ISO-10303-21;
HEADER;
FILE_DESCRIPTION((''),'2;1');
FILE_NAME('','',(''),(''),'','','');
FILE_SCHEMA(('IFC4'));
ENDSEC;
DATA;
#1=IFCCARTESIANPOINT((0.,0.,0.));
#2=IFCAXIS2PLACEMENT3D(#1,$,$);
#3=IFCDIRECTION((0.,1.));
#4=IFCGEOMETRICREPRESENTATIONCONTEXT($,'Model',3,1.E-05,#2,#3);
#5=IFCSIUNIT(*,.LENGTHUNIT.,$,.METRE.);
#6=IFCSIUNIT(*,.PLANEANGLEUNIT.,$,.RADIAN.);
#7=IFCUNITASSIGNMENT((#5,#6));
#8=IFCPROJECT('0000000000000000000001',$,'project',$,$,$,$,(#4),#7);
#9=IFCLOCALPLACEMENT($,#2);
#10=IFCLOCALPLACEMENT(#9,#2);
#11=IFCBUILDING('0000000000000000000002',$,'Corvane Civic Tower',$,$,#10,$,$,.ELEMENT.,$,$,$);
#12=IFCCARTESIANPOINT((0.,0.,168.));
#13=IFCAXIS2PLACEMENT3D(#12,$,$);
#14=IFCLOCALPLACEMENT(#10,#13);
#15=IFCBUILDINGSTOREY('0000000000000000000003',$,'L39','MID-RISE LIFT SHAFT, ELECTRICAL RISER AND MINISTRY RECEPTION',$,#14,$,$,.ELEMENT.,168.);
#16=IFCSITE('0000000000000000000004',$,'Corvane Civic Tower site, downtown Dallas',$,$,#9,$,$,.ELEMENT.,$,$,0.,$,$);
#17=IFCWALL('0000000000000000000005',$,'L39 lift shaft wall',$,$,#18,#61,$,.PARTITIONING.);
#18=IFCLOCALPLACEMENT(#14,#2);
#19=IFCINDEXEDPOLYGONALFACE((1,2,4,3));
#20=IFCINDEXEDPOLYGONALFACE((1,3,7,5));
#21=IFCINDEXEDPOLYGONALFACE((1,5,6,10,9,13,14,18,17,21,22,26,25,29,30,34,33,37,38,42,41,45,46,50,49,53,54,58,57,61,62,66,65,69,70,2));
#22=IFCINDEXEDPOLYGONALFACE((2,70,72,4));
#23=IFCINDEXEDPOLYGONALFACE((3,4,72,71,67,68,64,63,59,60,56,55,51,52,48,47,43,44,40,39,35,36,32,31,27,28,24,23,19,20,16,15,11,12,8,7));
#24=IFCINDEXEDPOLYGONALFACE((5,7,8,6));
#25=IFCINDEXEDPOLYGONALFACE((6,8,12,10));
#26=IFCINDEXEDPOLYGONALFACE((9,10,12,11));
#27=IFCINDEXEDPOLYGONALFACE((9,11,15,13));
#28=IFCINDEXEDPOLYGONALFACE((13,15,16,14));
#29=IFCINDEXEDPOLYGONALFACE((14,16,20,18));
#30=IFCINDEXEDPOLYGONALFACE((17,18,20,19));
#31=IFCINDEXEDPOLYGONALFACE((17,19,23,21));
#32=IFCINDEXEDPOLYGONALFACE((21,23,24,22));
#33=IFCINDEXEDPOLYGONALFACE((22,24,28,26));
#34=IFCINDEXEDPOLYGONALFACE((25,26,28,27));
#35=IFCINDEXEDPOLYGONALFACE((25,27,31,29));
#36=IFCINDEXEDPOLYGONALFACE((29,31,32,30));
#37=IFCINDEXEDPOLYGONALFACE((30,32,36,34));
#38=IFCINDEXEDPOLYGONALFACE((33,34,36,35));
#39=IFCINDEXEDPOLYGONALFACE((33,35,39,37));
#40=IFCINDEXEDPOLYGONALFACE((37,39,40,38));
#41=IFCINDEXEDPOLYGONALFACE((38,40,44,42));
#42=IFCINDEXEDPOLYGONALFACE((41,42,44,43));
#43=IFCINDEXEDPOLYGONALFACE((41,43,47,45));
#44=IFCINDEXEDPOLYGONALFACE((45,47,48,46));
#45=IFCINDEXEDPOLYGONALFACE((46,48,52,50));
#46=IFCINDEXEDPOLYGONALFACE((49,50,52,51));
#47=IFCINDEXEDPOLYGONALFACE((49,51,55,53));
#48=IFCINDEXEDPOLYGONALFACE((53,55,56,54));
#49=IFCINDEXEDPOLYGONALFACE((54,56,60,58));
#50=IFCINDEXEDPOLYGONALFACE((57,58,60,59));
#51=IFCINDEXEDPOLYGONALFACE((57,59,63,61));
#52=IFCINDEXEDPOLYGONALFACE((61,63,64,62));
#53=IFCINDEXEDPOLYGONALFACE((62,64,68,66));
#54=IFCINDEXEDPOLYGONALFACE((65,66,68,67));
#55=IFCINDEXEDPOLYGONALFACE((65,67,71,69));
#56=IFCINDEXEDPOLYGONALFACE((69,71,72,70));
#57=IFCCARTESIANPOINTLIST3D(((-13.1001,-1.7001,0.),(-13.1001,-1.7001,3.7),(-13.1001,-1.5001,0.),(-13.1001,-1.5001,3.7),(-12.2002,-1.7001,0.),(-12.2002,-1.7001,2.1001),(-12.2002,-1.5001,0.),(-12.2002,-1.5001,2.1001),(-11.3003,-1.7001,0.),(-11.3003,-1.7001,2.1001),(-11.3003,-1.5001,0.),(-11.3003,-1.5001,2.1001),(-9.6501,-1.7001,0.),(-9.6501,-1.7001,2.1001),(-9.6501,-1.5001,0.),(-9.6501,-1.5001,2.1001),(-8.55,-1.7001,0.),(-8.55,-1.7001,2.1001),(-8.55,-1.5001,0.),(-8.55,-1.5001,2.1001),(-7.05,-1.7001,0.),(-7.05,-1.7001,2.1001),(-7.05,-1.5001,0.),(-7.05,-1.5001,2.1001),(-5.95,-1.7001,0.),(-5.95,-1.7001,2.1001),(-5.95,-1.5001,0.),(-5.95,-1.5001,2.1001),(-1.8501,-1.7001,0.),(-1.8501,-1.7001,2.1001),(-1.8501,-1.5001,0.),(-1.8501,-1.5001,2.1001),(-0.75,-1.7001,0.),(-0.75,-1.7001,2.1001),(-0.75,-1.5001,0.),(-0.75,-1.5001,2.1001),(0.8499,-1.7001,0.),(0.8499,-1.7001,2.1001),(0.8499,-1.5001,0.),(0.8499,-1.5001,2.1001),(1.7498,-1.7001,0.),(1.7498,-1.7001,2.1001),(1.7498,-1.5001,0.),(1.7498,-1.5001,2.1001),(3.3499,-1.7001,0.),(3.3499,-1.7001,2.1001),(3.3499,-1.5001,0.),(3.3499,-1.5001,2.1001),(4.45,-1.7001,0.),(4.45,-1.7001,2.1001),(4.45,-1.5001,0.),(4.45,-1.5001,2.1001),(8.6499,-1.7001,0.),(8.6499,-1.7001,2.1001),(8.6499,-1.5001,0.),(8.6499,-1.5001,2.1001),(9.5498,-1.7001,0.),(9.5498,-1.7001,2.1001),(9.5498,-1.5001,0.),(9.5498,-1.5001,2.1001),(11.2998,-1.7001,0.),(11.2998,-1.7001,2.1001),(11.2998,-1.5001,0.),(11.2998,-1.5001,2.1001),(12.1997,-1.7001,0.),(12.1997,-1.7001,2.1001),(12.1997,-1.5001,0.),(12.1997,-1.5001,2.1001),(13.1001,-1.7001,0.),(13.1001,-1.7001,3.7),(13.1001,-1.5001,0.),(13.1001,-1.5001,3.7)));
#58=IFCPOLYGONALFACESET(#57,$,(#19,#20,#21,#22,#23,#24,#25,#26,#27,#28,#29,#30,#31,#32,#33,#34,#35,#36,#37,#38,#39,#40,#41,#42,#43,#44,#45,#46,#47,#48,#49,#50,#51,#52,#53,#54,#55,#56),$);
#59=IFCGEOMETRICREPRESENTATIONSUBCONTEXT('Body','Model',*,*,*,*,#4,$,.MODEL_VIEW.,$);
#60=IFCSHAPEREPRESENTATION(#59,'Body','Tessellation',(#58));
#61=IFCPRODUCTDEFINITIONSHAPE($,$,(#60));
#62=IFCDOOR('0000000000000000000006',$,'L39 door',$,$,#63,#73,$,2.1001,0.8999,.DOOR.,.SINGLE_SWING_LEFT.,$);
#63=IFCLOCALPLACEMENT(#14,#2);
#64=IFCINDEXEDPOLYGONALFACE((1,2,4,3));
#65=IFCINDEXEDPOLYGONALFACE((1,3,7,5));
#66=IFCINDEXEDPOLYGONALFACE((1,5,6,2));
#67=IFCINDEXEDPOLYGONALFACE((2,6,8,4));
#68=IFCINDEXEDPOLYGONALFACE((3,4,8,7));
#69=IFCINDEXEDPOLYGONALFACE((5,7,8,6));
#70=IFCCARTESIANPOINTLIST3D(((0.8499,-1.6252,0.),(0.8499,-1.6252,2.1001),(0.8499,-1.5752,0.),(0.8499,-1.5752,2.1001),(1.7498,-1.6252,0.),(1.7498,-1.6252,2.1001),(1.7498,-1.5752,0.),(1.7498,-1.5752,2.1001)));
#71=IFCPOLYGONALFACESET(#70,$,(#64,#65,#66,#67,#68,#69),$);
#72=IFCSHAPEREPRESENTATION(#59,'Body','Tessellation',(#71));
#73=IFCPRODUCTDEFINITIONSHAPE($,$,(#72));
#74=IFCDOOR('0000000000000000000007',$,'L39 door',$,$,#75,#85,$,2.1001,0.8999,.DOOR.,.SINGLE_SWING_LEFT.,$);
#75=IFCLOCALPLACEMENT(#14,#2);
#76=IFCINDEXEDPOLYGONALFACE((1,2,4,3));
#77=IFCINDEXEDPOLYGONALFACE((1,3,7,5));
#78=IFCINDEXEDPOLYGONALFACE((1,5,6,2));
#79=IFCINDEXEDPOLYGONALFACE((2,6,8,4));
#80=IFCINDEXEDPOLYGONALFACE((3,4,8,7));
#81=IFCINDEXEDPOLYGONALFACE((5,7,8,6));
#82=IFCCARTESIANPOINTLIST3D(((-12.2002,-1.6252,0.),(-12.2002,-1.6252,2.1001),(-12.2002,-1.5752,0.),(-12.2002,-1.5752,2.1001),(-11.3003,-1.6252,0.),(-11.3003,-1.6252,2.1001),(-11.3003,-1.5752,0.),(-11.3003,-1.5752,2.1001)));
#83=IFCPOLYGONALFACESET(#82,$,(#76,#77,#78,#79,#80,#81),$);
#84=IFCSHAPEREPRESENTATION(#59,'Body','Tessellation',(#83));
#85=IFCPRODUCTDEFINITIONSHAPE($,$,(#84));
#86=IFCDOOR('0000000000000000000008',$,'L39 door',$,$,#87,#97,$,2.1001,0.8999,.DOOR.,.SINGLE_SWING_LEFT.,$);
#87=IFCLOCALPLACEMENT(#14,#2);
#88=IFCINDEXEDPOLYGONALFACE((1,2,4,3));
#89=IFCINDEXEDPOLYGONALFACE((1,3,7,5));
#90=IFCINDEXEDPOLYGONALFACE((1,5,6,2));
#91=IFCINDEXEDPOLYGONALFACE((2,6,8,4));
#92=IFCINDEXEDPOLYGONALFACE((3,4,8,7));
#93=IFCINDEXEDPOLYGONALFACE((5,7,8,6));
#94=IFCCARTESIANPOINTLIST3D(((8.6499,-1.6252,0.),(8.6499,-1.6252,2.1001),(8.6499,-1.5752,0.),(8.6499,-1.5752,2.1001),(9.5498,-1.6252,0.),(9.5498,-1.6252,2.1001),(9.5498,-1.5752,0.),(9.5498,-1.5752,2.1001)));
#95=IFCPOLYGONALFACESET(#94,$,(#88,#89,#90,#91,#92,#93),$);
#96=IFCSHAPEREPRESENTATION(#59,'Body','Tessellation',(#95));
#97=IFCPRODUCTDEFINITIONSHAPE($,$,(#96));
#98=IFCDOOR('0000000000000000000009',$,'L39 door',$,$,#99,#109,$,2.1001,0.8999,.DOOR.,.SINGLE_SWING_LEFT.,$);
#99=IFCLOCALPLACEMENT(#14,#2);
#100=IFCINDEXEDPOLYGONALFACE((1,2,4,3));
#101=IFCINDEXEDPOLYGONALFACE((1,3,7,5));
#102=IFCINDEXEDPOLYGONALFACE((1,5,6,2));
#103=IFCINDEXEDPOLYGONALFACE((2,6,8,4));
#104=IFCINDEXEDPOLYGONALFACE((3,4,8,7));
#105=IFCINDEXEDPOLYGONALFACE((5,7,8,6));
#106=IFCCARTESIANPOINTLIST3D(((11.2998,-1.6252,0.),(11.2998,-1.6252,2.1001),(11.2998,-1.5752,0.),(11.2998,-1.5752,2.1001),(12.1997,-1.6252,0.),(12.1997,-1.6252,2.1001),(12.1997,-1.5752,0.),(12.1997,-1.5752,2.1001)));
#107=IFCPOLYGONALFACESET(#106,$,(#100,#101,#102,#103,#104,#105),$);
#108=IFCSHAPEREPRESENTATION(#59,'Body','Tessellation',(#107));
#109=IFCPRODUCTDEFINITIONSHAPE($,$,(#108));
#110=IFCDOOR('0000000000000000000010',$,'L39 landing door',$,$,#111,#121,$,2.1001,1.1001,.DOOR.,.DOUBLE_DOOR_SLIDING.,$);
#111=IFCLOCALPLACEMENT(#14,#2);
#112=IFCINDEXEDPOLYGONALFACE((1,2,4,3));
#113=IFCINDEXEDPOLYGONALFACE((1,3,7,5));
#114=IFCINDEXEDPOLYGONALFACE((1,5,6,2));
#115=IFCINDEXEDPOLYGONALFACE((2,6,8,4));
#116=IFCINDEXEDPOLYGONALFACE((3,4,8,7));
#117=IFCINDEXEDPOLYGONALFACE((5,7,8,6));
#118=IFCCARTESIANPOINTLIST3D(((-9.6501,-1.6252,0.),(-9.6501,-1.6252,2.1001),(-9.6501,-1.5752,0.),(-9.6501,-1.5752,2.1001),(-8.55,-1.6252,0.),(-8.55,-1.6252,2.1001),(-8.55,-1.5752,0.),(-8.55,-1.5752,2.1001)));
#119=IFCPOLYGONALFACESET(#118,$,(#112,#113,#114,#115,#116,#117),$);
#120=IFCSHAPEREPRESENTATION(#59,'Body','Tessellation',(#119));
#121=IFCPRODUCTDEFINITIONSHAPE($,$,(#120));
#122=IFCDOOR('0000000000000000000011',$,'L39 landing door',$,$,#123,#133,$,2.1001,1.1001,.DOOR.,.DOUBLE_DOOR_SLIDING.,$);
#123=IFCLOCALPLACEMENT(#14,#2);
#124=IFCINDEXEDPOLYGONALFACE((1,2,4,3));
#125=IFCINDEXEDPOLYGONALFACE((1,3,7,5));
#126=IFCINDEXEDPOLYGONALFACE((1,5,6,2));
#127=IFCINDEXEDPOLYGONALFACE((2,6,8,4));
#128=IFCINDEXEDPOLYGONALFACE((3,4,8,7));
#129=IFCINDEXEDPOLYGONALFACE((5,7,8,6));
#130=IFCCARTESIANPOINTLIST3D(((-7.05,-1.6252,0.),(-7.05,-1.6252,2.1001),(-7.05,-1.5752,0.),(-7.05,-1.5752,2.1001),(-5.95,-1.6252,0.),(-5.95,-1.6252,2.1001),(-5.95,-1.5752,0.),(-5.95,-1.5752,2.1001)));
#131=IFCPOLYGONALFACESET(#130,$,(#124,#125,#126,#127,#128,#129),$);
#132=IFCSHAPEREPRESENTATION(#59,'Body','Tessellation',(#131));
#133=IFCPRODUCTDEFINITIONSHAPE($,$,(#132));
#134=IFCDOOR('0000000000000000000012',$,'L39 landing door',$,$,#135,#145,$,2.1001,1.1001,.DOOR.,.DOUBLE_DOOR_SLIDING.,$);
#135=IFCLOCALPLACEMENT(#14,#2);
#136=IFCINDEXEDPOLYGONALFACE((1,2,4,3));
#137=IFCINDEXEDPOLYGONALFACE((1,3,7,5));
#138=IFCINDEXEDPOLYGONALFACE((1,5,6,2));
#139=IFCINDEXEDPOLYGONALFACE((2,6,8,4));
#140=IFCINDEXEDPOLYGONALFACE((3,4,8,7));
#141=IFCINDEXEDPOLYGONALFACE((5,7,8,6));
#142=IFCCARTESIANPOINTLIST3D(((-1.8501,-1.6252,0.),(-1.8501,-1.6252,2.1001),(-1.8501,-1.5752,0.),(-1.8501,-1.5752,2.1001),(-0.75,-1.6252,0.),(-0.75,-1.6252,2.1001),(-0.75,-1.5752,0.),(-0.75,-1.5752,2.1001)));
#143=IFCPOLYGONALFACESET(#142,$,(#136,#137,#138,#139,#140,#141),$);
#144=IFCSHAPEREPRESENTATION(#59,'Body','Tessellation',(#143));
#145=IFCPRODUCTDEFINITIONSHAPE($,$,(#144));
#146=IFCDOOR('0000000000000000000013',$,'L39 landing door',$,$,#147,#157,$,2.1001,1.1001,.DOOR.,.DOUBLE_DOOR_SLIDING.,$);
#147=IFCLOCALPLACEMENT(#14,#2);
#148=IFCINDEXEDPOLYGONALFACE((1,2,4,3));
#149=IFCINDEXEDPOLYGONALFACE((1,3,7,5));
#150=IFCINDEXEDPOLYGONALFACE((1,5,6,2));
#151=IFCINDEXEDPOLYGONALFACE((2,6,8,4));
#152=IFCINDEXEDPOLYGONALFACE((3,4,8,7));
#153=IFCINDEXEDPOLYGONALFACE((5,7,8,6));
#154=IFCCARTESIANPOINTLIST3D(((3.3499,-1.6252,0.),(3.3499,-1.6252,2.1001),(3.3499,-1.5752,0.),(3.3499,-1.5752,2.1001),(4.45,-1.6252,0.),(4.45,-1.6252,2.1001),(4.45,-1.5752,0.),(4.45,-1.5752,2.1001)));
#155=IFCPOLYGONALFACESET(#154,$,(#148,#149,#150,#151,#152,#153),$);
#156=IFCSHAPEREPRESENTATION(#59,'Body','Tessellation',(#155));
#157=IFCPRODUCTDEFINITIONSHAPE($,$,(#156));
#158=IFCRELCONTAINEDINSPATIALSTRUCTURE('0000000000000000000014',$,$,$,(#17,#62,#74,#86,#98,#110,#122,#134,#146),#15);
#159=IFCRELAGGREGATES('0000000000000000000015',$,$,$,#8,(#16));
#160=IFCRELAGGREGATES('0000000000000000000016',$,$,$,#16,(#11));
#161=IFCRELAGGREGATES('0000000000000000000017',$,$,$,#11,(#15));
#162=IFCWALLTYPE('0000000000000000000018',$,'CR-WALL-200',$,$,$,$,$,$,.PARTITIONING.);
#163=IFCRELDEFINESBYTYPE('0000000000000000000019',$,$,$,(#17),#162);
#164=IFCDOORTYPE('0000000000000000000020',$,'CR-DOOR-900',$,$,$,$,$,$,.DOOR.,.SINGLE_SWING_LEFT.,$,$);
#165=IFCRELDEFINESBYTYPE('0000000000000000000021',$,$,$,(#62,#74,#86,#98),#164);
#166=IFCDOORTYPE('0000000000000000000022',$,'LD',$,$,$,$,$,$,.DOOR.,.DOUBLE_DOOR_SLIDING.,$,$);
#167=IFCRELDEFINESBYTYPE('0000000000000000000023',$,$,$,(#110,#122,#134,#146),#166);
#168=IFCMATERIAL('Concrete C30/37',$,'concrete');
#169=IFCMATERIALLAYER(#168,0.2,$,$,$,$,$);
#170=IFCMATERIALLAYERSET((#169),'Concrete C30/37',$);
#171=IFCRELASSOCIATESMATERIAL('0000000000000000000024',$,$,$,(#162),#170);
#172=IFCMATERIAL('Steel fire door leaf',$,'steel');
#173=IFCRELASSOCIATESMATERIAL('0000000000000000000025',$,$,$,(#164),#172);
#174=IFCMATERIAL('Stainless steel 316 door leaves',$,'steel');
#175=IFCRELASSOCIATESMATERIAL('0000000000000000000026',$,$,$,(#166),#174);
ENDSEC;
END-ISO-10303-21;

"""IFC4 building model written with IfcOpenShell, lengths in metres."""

from ifc_helpers import new_model, si_unit, direction, frame, frame_2d, origin, place, context, subcontext, project, spatial, rectangle, extrude, material, layer, layer_set, type_object, element, fill, save


model = new_model("IFC4")

# Units and contexts
model_context = context("Model", 3, precision=1e-05, world=origin(), true_north=direction((0.0, 1.0)))
body_context = subcontext(model_context, "Body", "Model", "MODEL_VIEW")
ifc_project = project(units=[si_unit("LENGTHUNIT", "METRE"), si_unit("PLANEANGLEUNIT", "RADIAN")], contexts=[model_context])

# Site, building, storey
site_placement = place(None, origin())
site = spatial("IfcSite", under=ifc_project, at=site_placement, Name="Corvane Civic Tower site, downtown Dallas", CompositionType="ELEMENT", RefElevation=0.0)
building_placement = place(site_placement, origin())
building = spatial("IfcBuilding", under=site, at=building_placement, Name="Corvane Civic Tower", CompositionType="ELEMENT")
storey_placement = place(building_placement, frame((0.0, 0.0, 168.0)))
storey = spatial("IfcBuildingStorey", under=building, at=storey_placement, Name="L39", Description="MID-RISE LIFT SHAFT, ELECTRICAL RISER AND MINISTRY RECEPTION", CompositionType="ELEMENT", Elevation=168.0)

# Shared definitions
ifc_material_1 = material(Name="Concrete C30/37", Category="concrete")
ifc_layer_1 = layer(ifc_material_1, 0.2)
ifc_layer_set_1 = layer_set([ifc_layer_1], Name="Concrete C30/37")
wall_type_1 = type_object("IfcWallType", Name="CR-WALL-200", PredefinedType="PARTITIONING", material=ifc_layer_set_1)
ifc_material_2 = material(Name="Steel fire door leaf", Category="steel")
door_type_1 = type_object("IfcDoorType", Name="CR-DOOR-900", OperationType="SINGLE_SWING_LEFT", PredefinedType="DOOR", material=ifc_material_2)

# Wall, openings, doors
wall_1_placement = place(storey_placement, frame((-13.1001, -1.6001, 0.0), z_axis=(0.0, 0.0, 1.0), x_axis=(1.0, 0.0, 0.0)))
wall_1 = element("IfcWall", 1, at=wall_1_placement, inside=storey, type_object=wall_type_1, Name="L39 lift shaft wall", PredefinedType="PARTITIONING", context=body_context, shape_type="SweptSolid", body=[
    extrude(rectangle(XDim=26.2002, YDim=0.2, at=frame_2d((13.1001, 0.0))), origin(), (0.0, 0.0, 1.0), 3.7),
])
opening_1_placement = place(wall_1_placement, frame((3.45, 0.0, 0.0)))
opening_1 = element("IfcOpeningElement", 2, at=opening_1_placement, cuts=wall_1, PredefinedType="OPENING", context=body_context, shape_type="SweptSolid", body=[
    extrude(rectangle(XDim=1.1001, YDim=2.1001, at=frame_2d((0.55, 1.05))), frame((0.0, 0.1099, 0.0), z_axis=(0.0, -1.0, 0.0), x_axis=(1.0, 0.0, 0.0)), (0.0, 0.0, 1.0), 0.22),
])
opening_2_placement = place(wall_1_placement, frame((6.05, 0.0, 0.0)))
opening_2 = element("IfcOpeningElement", 3, at=opening_2_placement, cuts=wall_1, PredefinedType="OPENING", context=body_context, shape_type="SweptSolid", body=[
    extrude(rectangle(XDim=1.1001, YDim=2.1001, at=frame_2d((0.55, 1.05))), frame((0.0, 0.1099, 0.0), z_axis=(0.0, -1.0, 0.0), x_axis=(1.0, 0.0, 0.0)), (0.0, 0.0, 1.0), 0.22),
])
opening_3_placement = place(wall_1_placement, frame((11.25, 0.0, 0.0)))
opening_3 = element("IfcOpeningElement", 4, at=opening_3_placement, cuts=wall_1, PredefinedType="OPENING", context=body_context, shape_type="SweptSolid", body=[
    extrude(rectangle(XDim=1.1001, YDim=2.1001, at=frame_2d((0.55, 1.05))), frame((0.0, 0.1099, 0.0), z_axis=(0.0, -1.0, 0.0), x_axis=(1.0, 0.0, 0.0)), (0.0, 0.0, 1.0), 0.22),
])
opening_4_placement = place(wall_1_placement, frame((13.95, 0.0, 0.0)))
opening_4 = element("IfcOpeningElement", 5, at=opening_4_placement, cuts=wall_1, PredefinedType="OPENING", context=body_context, shape_type="SweptSolid", body=[
    extrude(rectangle(XDim=0.8999, YDim=2.1001, at=frame_2d((0.45, 1.05))), frame((0.0, 0.1099, 0.0), z_axis=(0.0, -1.0, 0.0), x_axis=(1.0, 0.0, 0.0)), (0.0, 0.0, 1.0), 0.22),
])
opening_5_placement = place(wall_1_placement, frame((16.45, 0.0, 0.0)))
opening_5 = element("IfcOpeningElement", 6, at=opening_5_placement, cuts=wall_1, PredefinedType="OPENING", context=body_context, shape_type="SweptSolid", body=[
    extrude(rectangle(XDim=1.1001, YDim=2.1001, at=frame_2d((0.55, 1.05))), frame((0.0, 0.1099, 0.0), z_axis=(0.0, -1.0, 0.0), x_axis=(1.0, 0.0, 0.0)), (0.0, 0.0, 1.0), 0.22),
])
opening_6_placement = place(wall_1_placement, frame((0.8999, 0.0, 0.0)))
opening_6 = element("IfcOpeningElement", 7, at=opening_6_placement, cuts=wall_1, PredefinedType="OPENING", context=body_context, shape_type="SweptSolid", body=[
    extrude(rectangle(XDim=0.8999, YDim=2.1001, at=frame_2d((0.45, 1.05))), frame((0.0, 0.1099, 0.0), z_axis=(0.0, -1.0, 0.0), x_axis=(1.0, 0.0, 0.0)), (0.0, 0.0, 1.0), 0.22),
])
opening_7_placement = place(wall_1_placement, frame((21.75, 0.0, 0.0)))
opening_7 = element("IfcOpeningElement", 8, at=opening_7_placement, cuts=wall_1, PredefinedType="OPENING", context=body_context, shape_type="SweptSolid", body=[
    extrude(rectangle(XDim=0.8999, YDim=2.1001, at=frame_2d((0.45, 1.05))), frame((0.0, 0.1099, 0.0), z_axis=(0.0, -1.0, 0.0), x_axis=(1.0, 0.0, 0.0)), (0.0, 0.0, 1.0), 0.22),
])
opening_8_placement = place(wall_1_placement, frame((24.3999, 0.0, 0.0)))
opening_8 = element("IfcOpeningElement", 9, at=opening_8_placement, cuts=wall_1, PredefinedType="OPENING", context=body_context, shape_type="SweptSolid", body=[
    extrude(rectangle(XDim=0.8999, YDim=2.1001, at=frame_2d((0.45, 1.05))), frame((0.0, 0.1099, 0.0), z_axis=(0.0, -1.0, 0.0), x_axis=(1.0, 0.0, 0.0)), (0.0, 0.0, 1.0), 0.22),
])
door_1_placement = place(opening_4_placement, origin())
door_1 = element("IfcDoor", 10, at=door_1_placement, inside=storey, type_object=door_type_1, Name="L39 door", OperationType="SINGLE_SWING_LEFT", OverallHeight=2.1001, OverallWidth=0.8999, PredefinedType="DOOR", context=body_context, shape_type="SweptSolid", body=[
    extrude(rectangle(XDim=0.8999, YDim=2.1001, at=frame_2d((0.45, 1.05))), frame((0.0, 0.0249, 0.0), z_axis=(0.0, -1.0, 0.0), x_axis=(1.0, 0.0, 0.0)), (0.0, 0.0, 1.0), 0.05),
])
fill(opening_4, door_1)
door_2_placement = place(opening_6_placement, origin())
door_2 = element("IfcDoor", 11, at=door_2_placement, inside=storey, type_object=door_type_1, Name="L39 door", OperationType="SINGLE_SWING_LEFT", OverallHeight=2.1001, OverallWidth=0.8999, PredefinedType="DOOR", context=body_context, shape_type="SweptSolid", body=[
    extrude(rectangle(XDim=0.8999, YDim=2.1001, at=frame_2d((0.45, 1.05))), frame((0.0, 0.0249, 0.0), z_axis=(0.0, -1.0, 0.0), x_axis=(1.0, 0.0, 0.0)), (0.0, 0.0, 1.0), 0.05),
])
fill(opening_6, door_2)
door_3_placement = place(opening_7_placement, origin())
door_3 = element("IfcDoor", 12, at=door_3_placement, inside=storey, type_object=door_type_1, Name="L39 door", OperationType="SINGLE_SWING_LEFT", OverallHeight=2.1001, OverallWidth=0.8999, PredefinedType="DOOR", context=body_context, shape_type="SweptSolid", body=[
    extrude(rectangle(XDim=0.8999, YDim=2.1001, at=frame_2d((0.45, 1.05))), frame((0.0, 0.0249, 0.0), z_axis=(0.0, -1.0, 0.0), x_axis=(1.0, 0.0, 0.0)), (0.0, 0.0, 1.0), 0.05),
])
fill(opening_7, door_3)
door_4_placement = place(opening_8_placement, origin())
door_4 = element("IfcDoor", 13, at=door_4_placement, inside=storey, type_object=door_type_1, Name="L39 door", OperationType="SINGLE_SWING_LEFT", OverallHeight=2.1001, OverallWidth=0.8999, PredefinedType="DOOR", context=body_context, shape_type="SweptSolid", body=[
    extrude(rectangle(XDim=0.8999, YDim=2.1001, at=frame_2d((0.45, 1.05))), frame((0.0, 0.0249, 0.0), z_axis=(0.0, -1.0, 0.0), x_axis=(1.0, 0.0, 0.0)), (0.0, 0.0, 1.0), 0.05),
])
fill(opening_8, door_4)
ifc_material_3 = material(Name="Stainless steel 316 door leaves", Category="steel")
door_type_2 = type_object("IfcDoorType", Name="LD", OperationType="DOUBLE_DOOR_SLIDING", PredefinedType="DOOR", material=ifc_material_3)
door_5_placement = place(opening_1_placement, origin())
door_5 = element("IfcDoor", 14, at=door_5_placement, inside=storey, type_object=door_type_2, Name="L39 landing door", OperationType="DOUBLE_DOOR_SLIDING", OverallHeight=2.1001, OverallWidth=1.1001, PredefinedType="DOOR", context=body_context, shape_type="SweptSolid", body=[
    extrude(rectangle(XDim=1.1001, YDim=2.1001, at=frame_2d((0.55, 1.05))), frame((0.0, 0.0249, 0.0), z_axis=(0.0, -1.0, 0.0), x_axis=(1.0, 0.0, 0.0)), (0.0, 0.0, 1.0), 0.05),
])
fill(opening_1, door_5)
door_6_placement = place(opening_2_placement, origin())
door_6 = element("IfcDoor", 15, at=door_6_placement, inside=storey, type_object=door_type_2, Name="L39 landing door", OperationType="DOUBLE_DOOR_SLIDING", OverallHeight=2.1001, OverallWidth=1.1001, PredefinedType="DOOR", context=body_context, shape_type="SweptSolid", body=[
    extrude(rectangle(XDim=1.1001, YDim=2.1001, at=frame_2d((0.55, 1.05))), frame((0.0, 0.0249, 0.0), z_axis=(0.0, -1.0, 0.0), x_axis=(1.0, 0.0, 0.0)), (0.0, 0.0, 1.0), 0.05),
])
fill(opening_2, door_6)
door_7_placement = place(opening_3_placement, origin())
door_7 = element("IfcDoor", 16, at=door_7_placement, inside=storey, type_object=door_type_2, Name="L39 landing door", OperationType="DOUBLE_DOOR_SLIDING", OverallHeight=2.1001, OverallWidth=1.1001, PredefinedType="DOOR", context=body_context, shape_type="SweptSolid", body=[
    extrude(rectangle(XDim=1.1001, YDim=2.1001, at=frame_2d((0.55, 1.05))), frame((0.0, 0.0249, 0.0), z_axis=(0.0, -1.0, 0.0), x_axis=(1.0, 0.0, 0.0)), (0.0, 0.0, 1.0), 0.05),
])
fill(opening_3, door_7)
door_8_placement = place(opening_5_placement, origin())
door_8 = element("IfcDoor", 17, at=door_8_placement, inside=storey, type_object=door_type_2, Name="L39 landing door", OperationType="DOUBLE_DOOR_SLIDING", OverallHeight=2.1001, OverallWidth=1.1001, PredefinedType="DOOR", context=body_context, shape_type="SweptSolid", body=[
    extrude(rectangle(XDim=1.1001, YDim=2.1001, at=frame_2d((0.55, 1.05))), frame((0.0, 0.0249, 0.0), z_axis=(0.0, -1.0, 0.0), x_axis=(1.0, 0.0, 0.0)), (0.0, 0.0, 1.0), 0.05),
])
fill(opening_5, door_8)

save(model, "model.ifc")
